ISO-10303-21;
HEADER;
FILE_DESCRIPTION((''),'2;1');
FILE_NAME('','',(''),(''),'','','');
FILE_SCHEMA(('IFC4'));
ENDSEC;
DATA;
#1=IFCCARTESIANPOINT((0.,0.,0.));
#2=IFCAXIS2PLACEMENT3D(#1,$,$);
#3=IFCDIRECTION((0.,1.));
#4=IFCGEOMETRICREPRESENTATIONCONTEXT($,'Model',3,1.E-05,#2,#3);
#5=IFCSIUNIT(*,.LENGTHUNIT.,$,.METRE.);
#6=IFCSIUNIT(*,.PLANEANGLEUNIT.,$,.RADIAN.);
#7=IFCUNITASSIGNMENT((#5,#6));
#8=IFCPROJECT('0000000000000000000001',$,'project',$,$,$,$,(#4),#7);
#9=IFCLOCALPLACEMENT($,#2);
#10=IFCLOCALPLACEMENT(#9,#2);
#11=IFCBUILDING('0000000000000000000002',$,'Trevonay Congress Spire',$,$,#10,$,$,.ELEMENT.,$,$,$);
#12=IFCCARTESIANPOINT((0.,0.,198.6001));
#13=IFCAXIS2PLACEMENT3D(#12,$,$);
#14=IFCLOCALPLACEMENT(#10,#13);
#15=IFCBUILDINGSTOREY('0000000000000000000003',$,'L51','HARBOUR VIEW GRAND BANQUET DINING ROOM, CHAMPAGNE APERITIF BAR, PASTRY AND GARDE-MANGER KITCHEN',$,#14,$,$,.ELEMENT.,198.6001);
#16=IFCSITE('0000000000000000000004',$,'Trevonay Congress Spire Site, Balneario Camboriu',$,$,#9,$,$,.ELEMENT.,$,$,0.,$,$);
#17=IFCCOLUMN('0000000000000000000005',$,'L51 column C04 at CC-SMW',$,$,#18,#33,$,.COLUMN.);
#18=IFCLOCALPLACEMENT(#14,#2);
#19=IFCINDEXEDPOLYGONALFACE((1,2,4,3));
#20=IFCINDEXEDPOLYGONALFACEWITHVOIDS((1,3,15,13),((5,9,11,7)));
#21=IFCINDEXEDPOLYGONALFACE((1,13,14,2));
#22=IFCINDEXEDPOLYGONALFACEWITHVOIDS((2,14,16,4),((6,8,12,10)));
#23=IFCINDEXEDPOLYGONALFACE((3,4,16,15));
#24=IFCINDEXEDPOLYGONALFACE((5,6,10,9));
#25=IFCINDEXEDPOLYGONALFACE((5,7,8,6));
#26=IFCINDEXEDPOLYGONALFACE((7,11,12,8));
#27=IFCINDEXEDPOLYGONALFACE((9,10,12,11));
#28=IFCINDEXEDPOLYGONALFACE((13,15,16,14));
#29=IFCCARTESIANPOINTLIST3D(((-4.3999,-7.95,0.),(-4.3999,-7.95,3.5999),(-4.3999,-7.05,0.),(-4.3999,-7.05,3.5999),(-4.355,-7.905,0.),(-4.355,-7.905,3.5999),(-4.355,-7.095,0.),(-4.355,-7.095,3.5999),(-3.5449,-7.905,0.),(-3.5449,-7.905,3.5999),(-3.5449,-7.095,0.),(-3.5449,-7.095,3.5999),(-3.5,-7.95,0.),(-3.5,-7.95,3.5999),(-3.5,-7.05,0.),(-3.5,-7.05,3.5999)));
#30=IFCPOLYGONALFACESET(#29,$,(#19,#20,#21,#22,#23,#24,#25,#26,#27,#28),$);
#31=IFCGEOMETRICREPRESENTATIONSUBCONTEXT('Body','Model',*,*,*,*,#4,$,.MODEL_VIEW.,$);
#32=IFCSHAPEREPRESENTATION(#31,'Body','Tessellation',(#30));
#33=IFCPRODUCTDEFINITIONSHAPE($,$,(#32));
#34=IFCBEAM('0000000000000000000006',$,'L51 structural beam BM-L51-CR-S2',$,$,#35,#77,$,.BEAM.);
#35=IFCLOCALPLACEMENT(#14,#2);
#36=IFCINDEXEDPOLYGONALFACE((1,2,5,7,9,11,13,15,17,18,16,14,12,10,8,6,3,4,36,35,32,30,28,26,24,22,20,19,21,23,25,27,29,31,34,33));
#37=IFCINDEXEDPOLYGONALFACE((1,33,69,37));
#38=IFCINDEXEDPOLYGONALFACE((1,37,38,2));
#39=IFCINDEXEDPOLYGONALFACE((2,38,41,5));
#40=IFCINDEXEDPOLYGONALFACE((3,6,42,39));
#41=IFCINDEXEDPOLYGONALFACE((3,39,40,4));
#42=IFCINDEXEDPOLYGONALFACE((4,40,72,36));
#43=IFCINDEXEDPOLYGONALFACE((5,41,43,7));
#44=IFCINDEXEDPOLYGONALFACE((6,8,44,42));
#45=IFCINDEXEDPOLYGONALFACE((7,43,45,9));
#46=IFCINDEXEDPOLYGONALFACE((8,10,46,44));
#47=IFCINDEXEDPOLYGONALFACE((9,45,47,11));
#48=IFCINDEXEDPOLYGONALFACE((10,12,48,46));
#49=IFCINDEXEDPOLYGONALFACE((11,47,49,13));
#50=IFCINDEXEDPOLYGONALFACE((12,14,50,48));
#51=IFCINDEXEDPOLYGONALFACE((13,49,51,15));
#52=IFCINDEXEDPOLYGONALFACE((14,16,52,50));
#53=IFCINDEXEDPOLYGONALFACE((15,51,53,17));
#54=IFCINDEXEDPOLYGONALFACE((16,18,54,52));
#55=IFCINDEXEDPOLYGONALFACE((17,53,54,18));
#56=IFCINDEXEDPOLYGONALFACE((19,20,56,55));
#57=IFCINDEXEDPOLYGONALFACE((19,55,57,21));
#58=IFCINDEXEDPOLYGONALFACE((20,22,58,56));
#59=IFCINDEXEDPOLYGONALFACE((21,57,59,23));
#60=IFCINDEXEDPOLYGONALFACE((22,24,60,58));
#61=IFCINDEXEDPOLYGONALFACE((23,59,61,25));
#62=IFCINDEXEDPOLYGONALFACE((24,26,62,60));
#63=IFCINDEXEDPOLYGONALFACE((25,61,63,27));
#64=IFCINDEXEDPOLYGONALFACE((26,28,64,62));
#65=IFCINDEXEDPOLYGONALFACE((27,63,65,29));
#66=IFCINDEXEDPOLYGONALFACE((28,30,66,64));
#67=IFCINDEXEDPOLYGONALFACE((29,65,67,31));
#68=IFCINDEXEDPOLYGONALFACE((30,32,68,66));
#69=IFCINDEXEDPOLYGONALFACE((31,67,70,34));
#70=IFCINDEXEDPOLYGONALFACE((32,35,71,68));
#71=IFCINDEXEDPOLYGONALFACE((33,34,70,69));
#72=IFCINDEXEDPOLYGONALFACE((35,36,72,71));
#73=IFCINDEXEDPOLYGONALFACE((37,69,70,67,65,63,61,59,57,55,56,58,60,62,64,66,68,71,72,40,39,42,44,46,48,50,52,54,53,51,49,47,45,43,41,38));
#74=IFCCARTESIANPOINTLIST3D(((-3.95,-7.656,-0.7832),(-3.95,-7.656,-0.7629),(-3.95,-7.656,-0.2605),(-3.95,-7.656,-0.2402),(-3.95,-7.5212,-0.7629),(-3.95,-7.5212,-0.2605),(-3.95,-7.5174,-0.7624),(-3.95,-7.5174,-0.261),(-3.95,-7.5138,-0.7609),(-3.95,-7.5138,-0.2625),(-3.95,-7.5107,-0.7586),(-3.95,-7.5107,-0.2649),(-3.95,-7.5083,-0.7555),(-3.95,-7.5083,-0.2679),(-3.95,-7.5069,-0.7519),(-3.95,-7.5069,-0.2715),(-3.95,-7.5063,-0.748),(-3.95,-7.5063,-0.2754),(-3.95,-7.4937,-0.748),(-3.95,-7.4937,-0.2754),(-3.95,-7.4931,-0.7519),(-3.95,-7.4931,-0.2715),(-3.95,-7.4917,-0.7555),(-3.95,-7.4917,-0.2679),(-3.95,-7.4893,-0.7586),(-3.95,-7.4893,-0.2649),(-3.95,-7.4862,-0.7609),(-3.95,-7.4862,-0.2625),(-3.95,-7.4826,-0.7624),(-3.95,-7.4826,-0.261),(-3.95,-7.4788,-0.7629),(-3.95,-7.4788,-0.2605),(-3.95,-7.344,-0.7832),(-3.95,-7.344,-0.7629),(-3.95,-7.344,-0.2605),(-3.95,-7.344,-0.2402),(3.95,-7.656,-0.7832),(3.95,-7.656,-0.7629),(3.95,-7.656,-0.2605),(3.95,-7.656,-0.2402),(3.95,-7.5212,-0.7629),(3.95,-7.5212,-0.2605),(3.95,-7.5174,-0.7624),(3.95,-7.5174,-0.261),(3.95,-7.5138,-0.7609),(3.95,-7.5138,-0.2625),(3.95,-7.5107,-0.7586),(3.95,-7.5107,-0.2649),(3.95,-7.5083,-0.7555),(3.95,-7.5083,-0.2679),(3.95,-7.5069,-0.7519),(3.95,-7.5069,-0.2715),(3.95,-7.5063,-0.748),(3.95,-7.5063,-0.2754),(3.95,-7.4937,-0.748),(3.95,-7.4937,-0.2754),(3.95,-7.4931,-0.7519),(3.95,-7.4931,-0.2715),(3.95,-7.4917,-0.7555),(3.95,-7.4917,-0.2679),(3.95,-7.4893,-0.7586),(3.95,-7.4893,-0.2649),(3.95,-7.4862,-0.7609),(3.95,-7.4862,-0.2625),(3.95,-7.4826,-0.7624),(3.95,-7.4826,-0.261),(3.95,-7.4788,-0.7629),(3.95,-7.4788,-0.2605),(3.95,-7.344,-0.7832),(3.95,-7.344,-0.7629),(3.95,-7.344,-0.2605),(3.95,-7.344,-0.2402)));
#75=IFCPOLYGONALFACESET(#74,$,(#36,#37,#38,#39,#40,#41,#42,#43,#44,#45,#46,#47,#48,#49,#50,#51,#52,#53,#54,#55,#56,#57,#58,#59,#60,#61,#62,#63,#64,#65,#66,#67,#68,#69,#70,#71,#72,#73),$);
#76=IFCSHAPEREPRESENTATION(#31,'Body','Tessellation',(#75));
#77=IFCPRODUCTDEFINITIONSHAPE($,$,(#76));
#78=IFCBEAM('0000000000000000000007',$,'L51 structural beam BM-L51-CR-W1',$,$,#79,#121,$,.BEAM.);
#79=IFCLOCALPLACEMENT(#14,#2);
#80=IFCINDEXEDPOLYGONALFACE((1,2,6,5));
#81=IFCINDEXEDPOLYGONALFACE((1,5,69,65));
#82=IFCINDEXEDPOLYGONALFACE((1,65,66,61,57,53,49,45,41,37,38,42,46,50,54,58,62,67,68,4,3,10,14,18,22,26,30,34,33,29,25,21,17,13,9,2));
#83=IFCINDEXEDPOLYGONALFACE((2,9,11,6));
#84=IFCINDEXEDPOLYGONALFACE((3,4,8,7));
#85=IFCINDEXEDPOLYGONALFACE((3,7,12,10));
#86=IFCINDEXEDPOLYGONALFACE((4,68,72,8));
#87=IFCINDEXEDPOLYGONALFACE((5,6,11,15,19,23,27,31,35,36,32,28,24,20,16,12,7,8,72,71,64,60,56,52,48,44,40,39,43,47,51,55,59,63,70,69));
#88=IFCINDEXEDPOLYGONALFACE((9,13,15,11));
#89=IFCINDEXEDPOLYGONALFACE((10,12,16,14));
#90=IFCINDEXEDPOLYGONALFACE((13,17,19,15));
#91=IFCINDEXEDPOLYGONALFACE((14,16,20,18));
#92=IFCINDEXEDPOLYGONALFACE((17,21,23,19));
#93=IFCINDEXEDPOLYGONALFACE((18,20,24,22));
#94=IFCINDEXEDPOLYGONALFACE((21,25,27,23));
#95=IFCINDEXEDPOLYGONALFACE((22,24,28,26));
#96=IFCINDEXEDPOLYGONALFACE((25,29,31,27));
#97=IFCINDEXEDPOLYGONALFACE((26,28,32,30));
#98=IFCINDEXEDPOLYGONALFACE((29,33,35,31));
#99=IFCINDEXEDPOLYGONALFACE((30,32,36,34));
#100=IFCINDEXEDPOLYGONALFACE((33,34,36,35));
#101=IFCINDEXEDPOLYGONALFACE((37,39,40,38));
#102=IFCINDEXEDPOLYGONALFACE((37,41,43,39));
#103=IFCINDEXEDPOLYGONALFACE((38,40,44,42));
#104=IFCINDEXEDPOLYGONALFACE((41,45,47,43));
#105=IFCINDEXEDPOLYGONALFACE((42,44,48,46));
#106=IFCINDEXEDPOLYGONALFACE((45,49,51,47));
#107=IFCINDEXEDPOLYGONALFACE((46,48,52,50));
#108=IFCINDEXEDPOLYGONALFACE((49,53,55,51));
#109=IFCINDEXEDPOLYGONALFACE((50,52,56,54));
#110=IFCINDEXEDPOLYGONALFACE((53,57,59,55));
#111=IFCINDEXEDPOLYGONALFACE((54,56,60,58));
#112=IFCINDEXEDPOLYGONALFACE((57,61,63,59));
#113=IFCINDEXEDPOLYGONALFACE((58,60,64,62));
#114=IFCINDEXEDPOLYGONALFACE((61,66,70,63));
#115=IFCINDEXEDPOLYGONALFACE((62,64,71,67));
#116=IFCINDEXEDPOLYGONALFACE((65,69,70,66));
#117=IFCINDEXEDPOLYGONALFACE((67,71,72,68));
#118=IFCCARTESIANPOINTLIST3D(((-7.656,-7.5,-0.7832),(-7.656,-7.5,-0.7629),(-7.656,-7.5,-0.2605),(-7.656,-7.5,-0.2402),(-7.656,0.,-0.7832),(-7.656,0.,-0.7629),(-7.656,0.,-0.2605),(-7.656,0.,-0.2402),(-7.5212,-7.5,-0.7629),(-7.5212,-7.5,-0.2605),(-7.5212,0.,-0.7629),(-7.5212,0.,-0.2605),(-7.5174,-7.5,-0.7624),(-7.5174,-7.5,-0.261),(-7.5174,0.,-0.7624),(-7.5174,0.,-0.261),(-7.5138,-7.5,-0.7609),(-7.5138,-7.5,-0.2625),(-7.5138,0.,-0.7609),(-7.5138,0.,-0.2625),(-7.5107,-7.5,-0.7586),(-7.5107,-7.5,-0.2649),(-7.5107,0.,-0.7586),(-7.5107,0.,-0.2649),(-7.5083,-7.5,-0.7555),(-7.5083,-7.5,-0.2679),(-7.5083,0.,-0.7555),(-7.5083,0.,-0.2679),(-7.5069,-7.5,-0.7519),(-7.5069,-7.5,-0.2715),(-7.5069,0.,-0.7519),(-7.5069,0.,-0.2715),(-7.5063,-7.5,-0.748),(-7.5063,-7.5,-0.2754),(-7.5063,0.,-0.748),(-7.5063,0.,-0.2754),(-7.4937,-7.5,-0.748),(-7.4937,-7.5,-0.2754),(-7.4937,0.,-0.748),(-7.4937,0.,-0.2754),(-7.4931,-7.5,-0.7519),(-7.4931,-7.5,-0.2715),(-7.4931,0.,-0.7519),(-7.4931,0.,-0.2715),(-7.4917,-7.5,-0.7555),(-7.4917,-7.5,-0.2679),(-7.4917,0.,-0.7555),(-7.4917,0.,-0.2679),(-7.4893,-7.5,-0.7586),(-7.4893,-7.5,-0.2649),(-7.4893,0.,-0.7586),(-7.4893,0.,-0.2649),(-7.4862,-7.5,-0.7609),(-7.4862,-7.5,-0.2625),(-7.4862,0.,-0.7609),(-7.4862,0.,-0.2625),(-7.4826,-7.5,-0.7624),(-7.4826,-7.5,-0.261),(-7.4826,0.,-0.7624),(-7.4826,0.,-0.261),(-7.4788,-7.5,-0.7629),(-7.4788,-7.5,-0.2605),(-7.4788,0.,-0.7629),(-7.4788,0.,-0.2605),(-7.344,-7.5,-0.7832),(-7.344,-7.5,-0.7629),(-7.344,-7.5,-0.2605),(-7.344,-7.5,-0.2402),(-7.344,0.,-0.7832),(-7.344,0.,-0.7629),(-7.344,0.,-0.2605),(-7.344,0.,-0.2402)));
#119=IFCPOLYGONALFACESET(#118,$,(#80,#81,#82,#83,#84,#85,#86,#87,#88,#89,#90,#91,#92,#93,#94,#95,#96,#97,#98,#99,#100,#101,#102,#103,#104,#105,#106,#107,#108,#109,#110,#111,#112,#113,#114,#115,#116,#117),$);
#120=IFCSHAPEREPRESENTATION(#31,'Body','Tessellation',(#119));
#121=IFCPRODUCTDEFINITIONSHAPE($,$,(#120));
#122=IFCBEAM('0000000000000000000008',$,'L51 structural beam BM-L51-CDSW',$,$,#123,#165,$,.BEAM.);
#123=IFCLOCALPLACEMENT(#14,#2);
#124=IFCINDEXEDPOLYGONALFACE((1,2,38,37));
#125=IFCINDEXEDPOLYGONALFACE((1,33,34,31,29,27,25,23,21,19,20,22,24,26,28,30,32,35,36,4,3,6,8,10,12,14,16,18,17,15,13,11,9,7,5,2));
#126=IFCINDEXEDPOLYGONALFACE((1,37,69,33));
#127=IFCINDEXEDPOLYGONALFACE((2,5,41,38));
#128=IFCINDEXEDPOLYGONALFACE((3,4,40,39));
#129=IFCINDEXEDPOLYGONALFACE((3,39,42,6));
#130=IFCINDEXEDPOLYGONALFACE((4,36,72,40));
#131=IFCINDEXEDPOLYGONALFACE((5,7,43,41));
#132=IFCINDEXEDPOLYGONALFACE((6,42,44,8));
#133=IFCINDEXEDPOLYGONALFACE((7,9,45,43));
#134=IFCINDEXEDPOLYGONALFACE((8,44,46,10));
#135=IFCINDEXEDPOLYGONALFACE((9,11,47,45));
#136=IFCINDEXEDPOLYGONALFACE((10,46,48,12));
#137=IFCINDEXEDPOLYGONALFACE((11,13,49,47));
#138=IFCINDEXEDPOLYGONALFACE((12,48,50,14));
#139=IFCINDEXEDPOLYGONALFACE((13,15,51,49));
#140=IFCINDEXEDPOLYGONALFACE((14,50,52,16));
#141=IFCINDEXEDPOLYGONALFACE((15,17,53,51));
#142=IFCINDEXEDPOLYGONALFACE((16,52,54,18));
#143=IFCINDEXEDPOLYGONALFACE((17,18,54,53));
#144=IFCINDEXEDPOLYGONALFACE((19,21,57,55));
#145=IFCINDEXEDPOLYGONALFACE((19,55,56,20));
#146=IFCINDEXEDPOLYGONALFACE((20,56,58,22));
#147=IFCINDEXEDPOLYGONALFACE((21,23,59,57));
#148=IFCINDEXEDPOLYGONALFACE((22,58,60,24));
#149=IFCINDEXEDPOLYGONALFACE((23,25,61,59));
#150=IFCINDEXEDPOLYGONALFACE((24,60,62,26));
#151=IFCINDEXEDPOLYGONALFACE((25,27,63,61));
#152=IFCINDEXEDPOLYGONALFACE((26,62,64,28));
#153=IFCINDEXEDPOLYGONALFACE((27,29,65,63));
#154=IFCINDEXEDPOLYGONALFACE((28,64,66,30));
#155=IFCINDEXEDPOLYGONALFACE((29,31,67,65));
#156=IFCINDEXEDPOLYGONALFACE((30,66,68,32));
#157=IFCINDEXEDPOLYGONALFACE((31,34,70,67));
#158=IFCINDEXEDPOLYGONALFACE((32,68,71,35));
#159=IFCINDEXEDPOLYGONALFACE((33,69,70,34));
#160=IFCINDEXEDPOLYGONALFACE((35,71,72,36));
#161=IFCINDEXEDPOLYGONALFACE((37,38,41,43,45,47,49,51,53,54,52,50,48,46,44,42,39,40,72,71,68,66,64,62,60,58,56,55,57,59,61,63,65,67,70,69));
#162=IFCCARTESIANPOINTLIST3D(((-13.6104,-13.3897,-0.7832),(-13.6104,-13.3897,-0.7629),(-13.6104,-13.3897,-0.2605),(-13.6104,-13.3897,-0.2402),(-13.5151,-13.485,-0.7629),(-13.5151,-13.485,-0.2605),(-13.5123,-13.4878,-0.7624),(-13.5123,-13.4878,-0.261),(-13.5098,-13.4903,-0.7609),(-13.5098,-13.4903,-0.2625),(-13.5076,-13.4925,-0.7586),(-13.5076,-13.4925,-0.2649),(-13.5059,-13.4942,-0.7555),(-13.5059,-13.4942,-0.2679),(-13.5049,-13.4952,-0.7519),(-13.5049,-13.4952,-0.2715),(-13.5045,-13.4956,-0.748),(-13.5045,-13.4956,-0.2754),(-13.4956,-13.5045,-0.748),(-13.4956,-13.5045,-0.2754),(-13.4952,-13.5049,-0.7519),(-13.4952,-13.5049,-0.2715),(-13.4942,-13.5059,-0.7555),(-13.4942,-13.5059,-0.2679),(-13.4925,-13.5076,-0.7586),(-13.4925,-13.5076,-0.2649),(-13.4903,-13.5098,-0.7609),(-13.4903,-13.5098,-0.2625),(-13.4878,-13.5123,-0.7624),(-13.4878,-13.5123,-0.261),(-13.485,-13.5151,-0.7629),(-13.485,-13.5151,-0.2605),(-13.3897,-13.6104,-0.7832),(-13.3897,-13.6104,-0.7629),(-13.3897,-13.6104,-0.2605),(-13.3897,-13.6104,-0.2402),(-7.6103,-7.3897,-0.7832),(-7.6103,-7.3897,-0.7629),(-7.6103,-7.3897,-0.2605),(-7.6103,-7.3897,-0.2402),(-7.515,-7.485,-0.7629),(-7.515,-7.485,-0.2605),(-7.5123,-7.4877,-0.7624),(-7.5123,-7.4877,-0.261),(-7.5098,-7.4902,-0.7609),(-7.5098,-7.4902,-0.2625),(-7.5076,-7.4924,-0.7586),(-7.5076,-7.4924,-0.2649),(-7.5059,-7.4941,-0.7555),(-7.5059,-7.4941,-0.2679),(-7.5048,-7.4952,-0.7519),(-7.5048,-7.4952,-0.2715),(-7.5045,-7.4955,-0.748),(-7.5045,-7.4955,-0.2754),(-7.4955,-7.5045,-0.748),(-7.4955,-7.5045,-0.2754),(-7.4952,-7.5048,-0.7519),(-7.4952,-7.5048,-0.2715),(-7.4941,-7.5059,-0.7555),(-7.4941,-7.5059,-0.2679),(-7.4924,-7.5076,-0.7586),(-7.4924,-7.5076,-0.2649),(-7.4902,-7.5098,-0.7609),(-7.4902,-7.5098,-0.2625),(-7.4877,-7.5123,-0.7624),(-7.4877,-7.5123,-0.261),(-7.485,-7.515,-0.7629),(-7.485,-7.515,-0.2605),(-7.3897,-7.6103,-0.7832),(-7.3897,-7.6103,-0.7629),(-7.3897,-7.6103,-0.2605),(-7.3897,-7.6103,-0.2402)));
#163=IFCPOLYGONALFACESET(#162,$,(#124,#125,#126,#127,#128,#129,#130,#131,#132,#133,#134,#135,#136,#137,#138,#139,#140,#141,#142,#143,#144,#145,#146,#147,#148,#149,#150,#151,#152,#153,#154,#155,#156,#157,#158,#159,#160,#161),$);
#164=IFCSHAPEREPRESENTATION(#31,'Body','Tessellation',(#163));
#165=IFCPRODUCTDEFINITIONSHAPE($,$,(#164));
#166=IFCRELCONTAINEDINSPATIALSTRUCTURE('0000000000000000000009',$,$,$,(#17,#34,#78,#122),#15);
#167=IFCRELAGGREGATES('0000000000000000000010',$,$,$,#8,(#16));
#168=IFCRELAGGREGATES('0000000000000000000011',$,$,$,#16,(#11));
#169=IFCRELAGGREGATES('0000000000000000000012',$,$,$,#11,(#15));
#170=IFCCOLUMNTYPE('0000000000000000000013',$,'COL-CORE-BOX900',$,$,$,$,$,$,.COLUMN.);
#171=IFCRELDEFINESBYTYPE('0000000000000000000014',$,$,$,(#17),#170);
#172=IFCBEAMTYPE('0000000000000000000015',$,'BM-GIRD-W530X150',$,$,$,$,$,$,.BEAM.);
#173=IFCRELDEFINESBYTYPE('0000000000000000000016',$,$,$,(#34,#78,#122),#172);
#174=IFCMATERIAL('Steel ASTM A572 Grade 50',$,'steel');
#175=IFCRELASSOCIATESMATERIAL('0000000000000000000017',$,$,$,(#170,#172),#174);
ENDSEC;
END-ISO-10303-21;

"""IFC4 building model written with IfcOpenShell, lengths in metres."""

from ifc_helpers import new_model, si_unit, direction, frame, origin, origin_2d, place, context, subcontext, project, spatial, hollow_rectangle, i_section, extrude, material, material_profile, profile_set, type_object, element, save


model = new_model("IFC4")

# Units and contexts
model_context = context("Model", 3, precision=1e-05, world=origin(), true_north=direction((0.0, 1.0)))
body_context = subcontext(model_context, "Body", "Model", "MODEL_VIEW")
ifc_project = project(units=[si_unit("LENGTHUNIT", "METRE"), si_unit("PLANEANGLEUNIT", "RADIAN")], contexts=[model_context])

# Site, building, storey
site_placement = place(None, origin())
site = spatial("IfcSite", under=ifc_project, at=site_placement, Name="Trevonay Congress Spire Site, Balneario Camboriu", CompositionType="ELEMENT", RefElevation=0.0)
building_placement = place(site_placement, origin())
building = spatial("IfcBuilding", under=site, at=building_placement, Name="Trevonay Congress Spire", CompositionType="ELEMENT")
storey_placement = place(building_placement, frame((0.0, 0.0, 198.6001)))
storey = spatial("IfcBuildingStorey", under=building, at=storey_placement, Name="L51", Description="HARBOUR VIEW GRAND BANQUET DINING ROOM, CHAMPAGNE APERITIF BAR, PASTRY AND GARDE-MANGER KITCHEN", CompositionType="ELEMENT", Elevation=198.6001)

# Column
ifc_material_1 = material(Name="Steel ASTM A572 Grade 50", Category="steel")
ifc_material_profile_1 = material_profile(ifc_material_1, hollow_rectangle(XDim=0.8999, YDim=0.8999, WallThickness=0.0449, at=origin_2d()), Name="BOX 900x900x45")
ifc_profile_set_1 = profile_set([ifc_material_profile_1], Name="Steel ASTM A572 Grade 50")
column_type = type_object("IfcColumnType", Name="COL-CORE-BOX900", PredefinedType="COLUMN", material=ifc_profile_set_1)
column_placement = place(storey_placement, frame((-3.95, -7.5, 0.0), z_axis=(0.0, 0.0, 1.0), x_axis=(1.0, 0.0, 0.0)))
element("IfcColumn", 1, at=column_placement, inside=storey, type_object=column_type, Name="L51 column C04 at CC-SMW", PredefinedType="COLUMN", context=body_context, shape_type="SweptSolid", body=[
    extrude(hollow_rectangle(XDim=0.8999, YDim=0.8999, WallThickness=0.0449, at=origin_2d()), origin(), (0.0, 0.0, 1.0), 3.5999),
])

# Beams
ifc_material_profile_2 = material_profile(ifc_material_1, i_section(OverallWidth=0.312, OverallDepth=0.543, WebThickness=0.0127, FlangeThickness=0.0203, FilletRadius=0.0149, at=origin_2d()), Name="W530x150")
ifc_profile_set_2 = profile_set([ifc_material_profile_2], Name="Steel ASTM A572 Grade 50")
beam_type_1 = type_object("IfcBeamType", Name="BM-GIRD-W530X150", PredefinedType="BEAM", material=ifc_profile_set_2)
beam_1_placement = place(storey_placement, frame((-3.95, -7.5, -0.5117), z_axis=(1.0, 0.0, 0.0), x_axis=(0.0, 1.0, 0.0)))
element("IfcBeam", 2, at=beam_1_placement, inside=storey, type_object=beam_type_1, Name="L51 structural beam BM-L51-CR-S2", PredefinedType="BEAM", context=body_context, shape_type="SweptSolid", body=[
    extrude(i_section(OverallWidth=0.312, OverallDepth=0.543, WebThickness=0.0127, FlangeThickness=0.0203, FilletRadius=0.0149, at=origin_2d()), origin(), (0.0, 0.0, 1.0), 7.8999),
])
beam_2_placement = place(storey_placement, frame((-7.5, -7.5, -0.5117), z_axis=(0.0, 1.0, 0.0), x_axis=(-1.0, 0.0, 0.0)))
element("IfcBeam", 3, at=beam_2_placement, inside=storey, type_object=beam_type_1, Name="L51 structural beam BM-L51-CR-W1", PredefinedType="BEAM", context=body_context, shape_type="SweptSolid", body=[
    extrude(i_section(OverallWidth=0.312, OverallDepth=0.543, WebThickness=0.0127, FlangeThickness=0.0203, FilletRadius=0.0149, at=origin_2d()), origin(), (0.0, 0.0, 1.0), 7.5),
])
beam_3_placement = place(storey_placement, frame((-7.5, -7.5, -0.5117), z_axis=(-0.707107, -0.707107, 0.0), x_axis=(0.707107, -0.707107, 0.0)))
element("IfcBeam", 4, at=beam_3_placement, inside=storey, type_object=beam_type_1, Name="L51 structural beam BM-L51-CDSW", PredefinedType="BEAM", context=body_context, shape_type="SweptSolid", body=[
    extrude(i_section(OverallWidth=0.312, OverallDepth=0.543, WebThickness=0.0127, FlangeThickness=0.0203, FilletRadius=0.0149, at=origin_2d()), origin(), (0.0, 0.0, 1.0), 8.4854),
])

save(model, "model.ifc")
